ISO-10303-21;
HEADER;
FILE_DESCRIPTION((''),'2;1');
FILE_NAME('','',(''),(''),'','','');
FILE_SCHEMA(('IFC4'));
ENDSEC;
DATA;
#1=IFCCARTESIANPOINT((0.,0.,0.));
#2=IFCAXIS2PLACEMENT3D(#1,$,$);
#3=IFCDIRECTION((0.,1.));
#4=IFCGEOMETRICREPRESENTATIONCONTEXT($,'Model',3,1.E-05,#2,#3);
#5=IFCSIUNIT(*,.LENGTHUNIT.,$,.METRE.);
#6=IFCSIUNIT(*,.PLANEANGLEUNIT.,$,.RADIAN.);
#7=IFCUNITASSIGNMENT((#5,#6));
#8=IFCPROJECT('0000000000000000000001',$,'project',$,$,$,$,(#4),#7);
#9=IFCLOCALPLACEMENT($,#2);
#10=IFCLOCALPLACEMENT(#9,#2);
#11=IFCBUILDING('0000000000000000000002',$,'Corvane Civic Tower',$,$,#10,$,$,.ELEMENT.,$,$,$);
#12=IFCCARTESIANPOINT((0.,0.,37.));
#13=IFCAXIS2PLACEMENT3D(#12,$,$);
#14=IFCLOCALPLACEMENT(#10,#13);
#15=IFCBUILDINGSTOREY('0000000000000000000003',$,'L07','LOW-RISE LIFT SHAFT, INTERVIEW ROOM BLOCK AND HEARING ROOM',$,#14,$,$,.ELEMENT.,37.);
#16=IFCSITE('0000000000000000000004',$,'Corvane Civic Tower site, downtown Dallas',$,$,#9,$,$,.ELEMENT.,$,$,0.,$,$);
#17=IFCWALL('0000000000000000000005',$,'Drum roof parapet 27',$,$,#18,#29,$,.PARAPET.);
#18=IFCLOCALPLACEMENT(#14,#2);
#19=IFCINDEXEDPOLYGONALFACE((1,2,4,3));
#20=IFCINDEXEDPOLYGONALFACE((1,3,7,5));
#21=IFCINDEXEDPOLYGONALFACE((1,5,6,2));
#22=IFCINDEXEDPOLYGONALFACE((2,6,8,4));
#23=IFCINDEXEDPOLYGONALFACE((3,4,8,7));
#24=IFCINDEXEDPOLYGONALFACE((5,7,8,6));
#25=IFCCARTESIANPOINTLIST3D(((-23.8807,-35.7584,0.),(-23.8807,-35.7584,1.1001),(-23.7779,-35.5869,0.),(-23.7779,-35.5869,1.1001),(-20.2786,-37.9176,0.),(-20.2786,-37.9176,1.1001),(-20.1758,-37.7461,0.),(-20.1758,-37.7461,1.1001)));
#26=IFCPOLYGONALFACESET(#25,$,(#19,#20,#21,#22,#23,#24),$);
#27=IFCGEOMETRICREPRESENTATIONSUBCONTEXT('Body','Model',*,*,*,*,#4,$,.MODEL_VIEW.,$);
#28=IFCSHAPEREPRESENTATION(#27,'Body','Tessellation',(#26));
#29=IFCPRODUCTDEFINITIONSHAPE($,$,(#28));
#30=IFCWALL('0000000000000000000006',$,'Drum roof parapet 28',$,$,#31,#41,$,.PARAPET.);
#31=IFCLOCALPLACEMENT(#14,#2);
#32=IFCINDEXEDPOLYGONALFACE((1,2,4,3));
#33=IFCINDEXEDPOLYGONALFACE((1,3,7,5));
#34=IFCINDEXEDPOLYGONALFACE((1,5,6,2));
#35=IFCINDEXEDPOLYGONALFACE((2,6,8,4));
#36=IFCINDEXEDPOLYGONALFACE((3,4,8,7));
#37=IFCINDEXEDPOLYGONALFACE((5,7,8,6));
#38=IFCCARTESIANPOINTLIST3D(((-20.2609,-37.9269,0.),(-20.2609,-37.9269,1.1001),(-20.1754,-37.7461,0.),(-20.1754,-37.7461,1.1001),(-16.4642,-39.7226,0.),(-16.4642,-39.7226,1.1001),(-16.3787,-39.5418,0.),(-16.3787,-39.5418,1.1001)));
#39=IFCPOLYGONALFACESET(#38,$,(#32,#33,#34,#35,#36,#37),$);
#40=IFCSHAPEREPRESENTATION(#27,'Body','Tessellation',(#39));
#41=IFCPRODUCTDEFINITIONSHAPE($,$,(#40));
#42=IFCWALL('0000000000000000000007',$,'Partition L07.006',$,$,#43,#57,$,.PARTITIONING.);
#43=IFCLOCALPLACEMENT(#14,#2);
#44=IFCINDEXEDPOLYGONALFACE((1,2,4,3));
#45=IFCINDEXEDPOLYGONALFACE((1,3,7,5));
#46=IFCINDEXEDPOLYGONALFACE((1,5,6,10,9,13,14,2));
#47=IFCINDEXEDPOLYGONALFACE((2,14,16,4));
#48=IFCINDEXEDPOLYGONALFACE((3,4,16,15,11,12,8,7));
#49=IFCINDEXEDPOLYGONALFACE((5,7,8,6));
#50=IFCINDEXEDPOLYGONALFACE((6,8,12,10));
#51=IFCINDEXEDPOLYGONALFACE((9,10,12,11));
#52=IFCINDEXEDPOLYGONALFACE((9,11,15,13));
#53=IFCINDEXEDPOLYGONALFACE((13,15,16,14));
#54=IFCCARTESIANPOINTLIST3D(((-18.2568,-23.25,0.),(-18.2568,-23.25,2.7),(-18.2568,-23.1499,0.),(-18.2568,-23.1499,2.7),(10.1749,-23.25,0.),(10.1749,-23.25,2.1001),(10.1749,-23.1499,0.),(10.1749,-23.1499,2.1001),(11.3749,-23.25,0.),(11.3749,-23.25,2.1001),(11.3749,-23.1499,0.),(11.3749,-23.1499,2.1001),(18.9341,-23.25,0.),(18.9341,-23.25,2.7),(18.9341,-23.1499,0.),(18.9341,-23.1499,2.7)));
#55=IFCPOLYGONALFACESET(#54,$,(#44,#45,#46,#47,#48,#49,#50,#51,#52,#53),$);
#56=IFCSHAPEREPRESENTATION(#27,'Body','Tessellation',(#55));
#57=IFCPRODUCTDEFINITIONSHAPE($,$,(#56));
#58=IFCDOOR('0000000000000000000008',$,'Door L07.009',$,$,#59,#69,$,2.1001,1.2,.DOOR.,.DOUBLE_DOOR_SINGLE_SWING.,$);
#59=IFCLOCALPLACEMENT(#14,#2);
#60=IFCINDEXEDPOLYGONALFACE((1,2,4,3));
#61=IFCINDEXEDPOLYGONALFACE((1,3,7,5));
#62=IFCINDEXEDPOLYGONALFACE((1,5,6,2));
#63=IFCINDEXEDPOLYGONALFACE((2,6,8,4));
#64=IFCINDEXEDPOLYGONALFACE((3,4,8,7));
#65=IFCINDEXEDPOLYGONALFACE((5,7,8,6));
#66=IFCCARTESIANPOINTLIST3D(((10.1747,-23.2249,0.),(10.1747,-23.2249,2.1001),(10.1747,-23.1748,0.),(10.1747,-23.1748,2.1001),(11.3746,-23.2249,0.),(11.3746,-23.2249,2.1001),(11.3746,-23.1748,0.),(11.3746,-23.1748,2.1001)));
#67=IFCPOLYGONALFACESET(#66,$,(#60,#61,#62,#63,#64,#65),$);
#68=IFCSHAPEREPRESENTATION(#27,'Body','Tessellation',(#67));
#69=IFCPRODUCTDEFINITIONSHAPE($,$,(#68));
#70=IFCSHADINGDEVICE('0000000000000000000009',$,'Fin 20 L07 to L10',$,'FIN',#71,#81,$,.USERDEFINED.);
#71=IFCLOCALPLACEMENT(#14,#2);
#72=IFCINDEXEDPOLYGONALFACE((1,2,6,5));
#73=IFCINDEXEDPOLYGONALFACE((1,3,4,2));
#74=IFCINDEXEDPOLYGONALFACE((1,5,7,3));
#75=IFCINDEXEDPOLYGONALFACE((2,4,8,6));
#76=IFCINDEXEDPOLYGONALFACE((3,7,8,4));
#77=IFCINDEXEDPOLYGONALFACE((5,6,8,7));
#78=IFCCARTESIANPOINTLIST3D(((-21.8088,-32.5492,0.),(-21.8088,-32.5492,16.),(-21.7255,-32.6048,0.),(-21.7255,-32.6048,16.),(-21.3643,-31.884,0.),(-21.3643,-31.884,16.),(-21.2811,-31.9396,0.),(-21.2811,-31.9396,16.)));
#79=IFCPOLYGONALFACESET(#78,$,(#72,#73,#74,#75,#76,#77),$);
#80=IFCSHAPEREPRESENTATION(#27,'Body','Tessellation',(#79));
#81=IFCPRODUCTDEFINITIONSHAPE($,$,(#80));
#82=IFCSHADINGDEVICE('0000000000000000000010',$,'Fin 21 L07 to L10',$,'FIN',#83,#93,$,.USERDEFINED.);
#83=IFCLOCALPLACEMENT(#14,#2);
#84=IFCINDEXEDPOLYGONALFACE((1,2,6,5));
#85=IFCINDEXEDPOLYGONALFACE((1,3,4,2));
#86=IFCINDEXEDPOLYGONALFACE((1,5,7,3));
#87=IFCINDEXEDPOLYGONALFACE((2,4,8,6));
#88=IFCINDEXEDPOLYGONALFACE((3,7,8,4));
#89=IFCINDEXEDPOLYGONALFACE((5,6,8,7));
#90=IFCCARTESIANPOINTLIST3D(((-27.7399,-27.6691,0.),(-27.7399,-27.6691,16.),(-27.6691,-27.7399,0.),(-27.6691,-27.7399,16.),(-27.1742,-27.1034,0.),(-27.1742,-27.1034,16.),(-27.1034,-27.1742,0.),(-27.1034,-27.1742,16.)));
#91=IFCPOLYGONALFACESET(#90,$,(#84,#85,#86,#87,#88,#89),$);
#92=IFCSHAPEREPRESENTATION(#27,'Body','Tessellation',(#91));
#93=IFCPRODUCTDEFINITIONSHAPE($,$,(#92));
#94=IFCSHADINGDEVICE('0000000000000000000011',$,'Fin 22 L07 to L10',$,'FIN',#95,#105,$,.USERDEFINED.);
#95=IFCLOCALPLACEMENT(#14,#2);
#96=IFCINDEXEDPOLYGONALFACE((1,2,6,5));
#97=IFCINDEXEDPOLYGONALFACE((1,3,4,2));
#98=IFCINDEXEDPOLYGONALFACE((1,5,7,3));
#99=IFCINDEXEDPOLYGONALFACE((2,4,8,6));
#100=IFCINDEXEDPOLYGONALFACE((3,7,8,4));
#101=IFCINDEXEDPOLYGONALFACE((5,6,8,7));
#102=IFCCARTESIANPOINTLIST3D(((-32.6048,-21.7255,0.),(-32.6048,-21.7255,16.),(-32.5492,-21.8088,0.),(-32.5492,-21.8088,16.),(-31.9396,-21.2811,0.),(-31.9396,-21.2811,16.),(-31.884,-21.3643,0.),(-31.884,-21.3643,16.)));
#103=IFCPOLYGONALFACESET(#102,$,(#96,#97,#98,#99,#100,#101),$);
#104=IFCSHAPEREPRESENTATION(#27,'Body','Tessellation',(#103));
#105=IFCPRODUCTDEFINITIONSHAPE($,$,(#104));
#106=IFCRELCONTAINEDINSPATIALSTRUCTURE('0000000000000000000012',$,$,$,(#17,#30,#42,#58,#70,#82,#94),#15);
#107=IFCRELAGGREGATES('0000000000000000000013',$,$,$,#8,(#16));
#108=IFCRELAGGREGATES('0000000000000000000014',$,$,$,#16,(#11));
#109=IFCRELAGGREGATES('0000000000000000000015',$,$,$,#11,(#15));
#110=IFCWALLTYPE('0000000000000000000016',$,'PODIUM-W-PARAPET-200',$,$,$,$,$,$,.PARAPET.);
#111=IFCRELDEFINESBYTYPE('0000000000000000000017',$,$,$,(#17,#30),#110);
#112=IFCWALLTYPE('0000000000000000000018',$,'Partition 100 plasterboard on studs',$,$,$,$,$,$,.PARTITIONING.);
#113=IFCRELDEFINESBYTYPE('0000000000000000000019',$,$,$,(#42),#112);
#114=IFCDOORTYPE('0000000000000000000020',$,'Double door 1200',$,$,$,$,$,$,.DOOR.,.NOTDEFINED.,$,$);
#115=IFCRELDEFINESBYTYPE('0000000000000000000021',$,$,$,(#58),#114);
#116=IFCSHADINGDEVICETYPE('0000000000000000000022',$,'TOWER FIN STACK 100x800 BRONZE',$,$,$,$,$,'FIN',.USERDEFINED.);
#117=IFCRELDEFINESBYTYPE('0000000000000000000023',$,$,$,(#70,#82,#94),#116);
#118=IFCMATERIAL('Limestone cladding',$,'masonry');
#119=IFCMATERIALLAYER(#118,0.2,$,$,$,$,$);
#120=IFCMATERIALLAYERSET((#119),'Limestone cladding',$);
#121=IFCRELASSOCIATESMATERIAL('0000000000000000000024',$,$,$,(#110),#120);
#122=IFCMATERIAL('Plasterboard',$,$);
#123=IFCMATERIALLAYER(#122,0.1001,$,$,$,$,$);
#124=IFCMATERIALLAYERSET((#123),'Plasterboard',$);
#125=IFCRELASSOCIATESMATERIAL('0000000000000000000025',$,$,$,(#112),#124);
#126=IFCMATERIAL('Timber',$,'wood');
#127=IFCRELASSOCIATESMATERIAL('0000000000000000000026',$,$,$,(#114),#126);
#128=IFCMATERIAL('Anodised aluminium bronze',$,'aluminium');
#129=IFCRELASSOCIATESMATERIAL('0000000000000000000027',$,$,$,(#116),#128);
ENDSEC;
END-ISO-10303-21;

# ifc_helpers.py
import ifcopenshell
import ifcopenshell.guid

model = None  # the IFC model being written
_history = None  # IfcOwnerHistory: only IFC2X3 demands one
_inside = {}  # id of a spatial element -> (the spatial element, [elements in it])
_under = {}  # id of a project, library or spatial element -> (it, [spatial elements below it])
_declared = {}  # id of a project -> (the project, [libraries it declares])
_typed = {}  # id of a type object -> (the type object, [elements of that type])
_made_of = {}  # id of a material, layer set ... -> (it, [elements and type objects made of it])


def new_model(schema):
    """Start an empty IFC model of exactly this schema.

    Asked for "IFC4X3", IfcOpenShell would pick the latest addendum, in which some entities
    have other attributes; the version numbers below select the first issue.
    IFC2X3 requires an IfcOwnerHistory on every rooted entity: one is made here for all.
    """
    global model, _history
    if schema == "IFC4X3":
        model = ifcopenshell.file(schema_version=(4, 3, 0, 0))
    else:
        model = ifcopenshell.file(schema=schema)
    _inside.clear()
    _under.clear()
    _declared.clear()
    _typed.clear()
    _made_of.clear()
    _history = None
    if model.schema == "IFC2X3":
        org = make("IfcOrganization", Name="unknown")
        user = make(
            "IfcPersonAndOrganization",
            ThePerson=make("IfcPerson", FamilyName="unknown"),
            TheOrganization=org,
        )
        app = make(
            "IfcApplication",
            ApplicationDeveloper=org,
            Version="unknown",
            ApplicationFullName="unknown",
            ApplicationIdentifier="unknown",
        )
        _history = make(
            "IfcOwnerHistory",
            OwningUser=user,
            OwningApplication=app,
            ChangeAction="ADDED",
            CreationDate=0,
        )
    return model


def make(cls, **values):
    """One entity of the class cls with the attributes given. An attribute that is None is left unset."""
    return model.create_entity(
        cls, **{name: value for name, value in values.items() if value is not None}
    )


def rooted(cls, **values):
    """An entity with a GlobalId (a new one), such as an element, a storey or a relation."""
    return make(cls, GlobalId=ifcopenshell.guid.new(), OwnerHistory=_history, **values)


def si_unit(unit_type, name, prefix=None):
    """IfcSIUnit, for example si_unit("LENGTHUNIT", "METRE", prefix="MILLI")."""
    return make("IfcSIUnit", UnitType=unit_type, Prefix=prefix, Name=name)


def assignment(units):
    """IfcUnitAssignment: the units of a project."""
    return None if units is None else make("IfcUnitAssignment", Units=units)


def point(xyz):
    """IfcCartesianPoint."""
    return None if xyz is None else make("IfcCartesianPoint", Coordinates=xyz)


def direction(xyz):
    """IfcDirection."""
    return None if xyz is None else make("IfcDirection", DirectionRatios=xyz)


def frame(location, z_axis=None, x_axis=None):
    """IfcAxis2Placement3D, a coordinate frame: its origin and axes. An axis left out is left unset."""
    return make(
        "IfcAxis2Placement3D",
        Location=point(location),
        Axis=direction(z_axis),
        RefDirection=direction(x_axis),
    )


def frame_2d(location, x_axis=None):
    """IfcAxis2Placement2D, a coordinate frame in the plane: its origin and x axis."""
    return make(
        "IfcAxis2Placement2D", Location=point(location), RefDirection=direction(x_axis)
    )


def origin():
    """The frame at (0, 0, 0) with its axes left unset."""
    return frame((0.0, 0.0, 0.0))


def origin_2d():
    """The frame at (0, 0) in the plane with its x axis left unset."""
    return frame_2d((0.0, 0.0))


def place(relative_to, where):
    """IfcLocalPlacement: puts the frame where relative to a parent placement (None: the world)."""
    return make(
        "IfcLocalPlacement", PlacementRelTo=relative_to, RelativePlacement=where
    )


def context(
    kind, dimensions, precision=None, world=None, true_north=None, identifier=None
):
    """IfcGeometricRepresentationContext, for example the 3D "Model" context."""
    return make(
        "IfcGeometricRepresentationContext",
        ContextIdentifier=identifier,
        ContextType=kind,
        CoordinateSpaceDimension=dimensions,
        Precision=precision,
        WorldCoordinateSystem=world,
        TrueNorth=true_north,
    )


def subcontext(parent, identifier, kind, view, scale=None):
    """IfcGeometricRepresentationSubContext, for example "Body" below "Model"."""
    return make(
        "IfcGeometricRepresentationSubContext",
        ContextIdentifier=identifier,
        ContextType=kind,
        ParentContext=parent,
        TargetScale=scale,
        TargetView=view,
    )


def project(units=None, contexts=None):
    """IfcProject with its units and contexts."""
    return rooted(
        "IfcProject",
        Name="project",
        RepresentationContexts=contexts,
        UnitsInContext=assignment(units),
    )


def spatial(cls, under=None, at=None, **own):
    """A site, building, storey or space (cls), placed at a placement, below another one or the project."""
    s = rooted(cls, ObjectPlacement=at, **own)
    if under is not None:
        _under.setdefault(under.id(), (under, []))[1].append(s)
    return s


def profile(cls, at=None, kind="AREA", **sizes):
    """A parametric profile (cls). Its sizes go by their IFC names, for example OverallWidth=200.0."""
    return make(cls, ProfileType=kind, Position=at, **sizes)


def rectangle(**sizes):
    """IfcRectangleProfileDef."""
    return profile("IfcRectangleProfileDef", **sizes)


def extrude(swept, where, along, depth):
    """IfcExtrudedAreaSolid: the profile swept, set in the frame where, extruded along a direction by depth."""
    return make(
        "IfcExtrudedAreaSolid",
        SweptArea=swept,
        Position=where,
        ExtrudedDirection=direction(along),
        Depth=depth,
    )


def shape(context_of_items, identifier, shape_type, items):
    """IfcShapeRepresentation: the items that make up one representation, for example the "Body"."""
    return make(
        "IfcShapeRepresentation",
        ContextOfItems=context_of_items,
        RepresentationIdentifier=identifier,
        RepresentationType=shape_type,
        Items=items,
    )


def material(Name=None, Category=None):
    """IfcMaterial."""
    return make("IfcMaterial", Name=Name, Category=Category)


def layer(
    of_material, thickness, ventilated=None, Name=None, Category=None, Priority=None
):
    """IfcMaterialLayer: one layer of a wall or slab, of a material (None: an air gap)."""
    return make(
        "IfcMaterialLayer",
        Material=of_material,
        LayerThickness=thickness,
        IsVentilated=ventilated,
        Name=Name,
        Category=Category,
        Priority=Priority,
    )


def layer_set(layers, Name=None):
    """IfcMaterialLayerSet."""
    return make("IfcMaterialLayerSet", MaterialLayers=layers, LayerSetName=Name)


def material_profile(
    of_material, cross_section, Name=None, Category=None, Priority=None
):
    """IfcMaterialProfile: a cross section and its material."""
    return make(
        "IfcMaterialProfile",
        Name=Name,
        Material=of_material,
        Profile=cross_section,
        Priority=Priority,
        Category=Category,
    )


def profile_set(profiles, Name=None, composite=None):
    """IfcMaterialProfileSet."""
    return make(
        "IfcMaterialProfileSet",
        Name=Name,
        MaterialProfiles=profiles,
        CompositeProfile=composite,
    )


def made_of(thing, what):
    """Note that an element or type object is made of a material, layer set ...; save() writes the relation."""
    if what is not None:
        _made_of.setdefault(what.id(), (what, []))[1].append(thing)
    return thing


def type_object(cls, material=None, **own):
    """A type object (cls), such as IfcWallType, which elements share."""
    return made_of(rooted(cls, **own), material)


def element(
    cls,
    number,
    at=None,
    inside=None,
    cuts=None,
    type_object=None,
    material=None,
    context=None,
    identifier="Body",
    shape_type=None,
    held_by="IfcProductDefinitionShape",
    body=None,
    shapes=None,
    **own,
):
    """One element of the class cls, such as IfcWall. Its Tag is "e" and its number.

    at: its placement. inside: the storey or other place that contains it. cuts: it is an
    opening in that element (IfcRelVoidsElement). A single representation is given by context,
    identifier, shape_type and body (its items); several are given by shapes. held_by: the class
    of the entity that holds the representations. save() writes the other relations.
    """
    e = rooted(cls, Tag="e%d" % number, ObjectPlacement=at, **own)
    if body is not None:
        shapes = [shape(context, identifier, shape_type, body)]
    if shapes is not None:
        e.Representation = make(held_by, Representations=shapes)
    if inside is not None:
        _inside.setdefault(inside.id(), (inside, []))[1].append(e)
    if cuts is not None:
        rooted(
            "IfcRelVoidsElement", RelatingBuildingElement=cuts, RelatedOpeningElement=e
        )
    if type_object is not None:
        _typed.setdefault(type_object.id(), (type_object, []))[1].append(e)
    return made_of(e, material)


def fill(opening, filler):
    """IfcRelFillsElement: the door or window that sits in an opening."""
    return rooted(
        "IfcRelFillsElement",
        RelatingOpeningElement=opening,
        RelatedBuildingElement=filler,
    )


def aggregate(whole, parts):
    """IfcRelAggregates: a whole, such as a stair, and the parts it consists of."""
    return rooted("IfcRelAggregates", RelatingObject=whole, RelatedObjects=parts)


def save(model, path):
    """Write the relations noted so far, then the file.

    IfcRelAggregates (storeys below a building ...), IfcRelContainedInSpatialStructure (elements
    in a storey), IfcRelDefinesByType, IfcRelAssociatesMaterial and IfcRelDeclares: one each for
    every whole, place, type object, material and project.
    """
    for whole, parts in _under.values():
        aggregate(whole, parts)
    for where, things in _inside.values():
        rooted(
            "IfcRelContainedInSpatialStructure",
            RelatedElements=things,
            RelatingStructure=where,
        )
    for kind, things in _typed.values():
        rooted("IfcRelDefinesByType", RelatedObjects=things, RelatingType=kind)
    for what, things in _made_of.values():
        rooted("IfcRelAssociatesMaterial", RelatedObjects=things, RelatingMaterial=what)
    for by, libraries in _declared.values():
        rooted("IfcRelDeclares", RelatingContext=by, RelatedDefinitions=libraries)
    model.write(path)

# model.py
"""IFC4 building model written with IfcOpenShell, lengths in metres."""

from ifc_helpers import new_model, si_unit, direction, frame, frame_2d, origin, origin_2d, place, context, subcontext, project, spatial, rectangle, extrude, material, layer, layer_set, material_profile, profile_set, type_object, element, fill, save


model = new_model("IFC4")

# Units and contexts
model_context = context("Model", 3, precision=1e-05, world=origin(), true_north=direction((0.0, 1.0)))
body_context = subcontext(model_context, "Body", "Model", "MODEL_VIEW")
ifc_project = project(units=[si_unit("LENGTHUNIT", "METRE"), si_unit("PLANEANGLEUNIT", "RADIAN")], contexts=[model_context])

# Site, building, storey
site_placement = place(None, origin())
site = spatial("IfcSite", under=ifc_project, at=site_placement, Name="Corvane Civic Tower site, downtown Dallas", CompositionType="ELEMENT", RefElevation=0.0)
building_placement = place(site_placement, origin())
building = spatial("IfcBuilding", under=site, at=building_placement, Name="Corvane Civic Tower", CompositionType="ELEMENT")
storey_placement = place(building_placement, frame((0.0, 0.0, 37.0)))
storey = spatial("IfcBuildingStorey", under=building, at=storey_placement, Name="L07", Description="LOW-RISE LIFT SHAFT, INTERVIEW ROOM BLOCK AND HEARING ROOM", CompositionType="ELEMENT", Elevation=37.0)

# Walls
ifc_material_1 = material(Name="Limestone cladding", Category="masonry")
ifc_layer_1 = layer(ifc_material_1, 0.2)
ifc_layer_set_1 = layer_set([ifc_layer_1], Name="Limestone cladding")
wall_type_1 = type_object("IfcWallType", Name="PODIUM-W-PARAPET-200", PredefinedType="PARAPET", material=ifc_layer_set_1)
wall_1_placement = place(storey_placement, frame((-23.8293, -35.6726, 0.0), z_axis=(0.0, 0.0, 1.0), x_axis=(0.857708, -0.514137, 0.0)))
element("IfcWall", 1, at=wall_1_placement, inside=storey, type_object=wall_type_1, Name="Drum roof parapet 27", PredefinedType="PARAPET", context=body_context, shape_type="SweptSolid", body=[
    extrude(rectangle(XDim=4.1997, YDim=0.2, at=frame_2d((2.0999, 0.0))), origin(), (0.0, 0.0, 1.0), 1.1001),
])
wall_2_placement = place(storey_placement, frame((-20.2183, -37.8364, 0.0), z_axis=(0.0, 0.0, 1.0), x_axis=(0.903991, -0.427552, 0.0)))
element("IfcWall", 2, at=wall_2_placement, inside=storey, type_object=wall_type_1, Name="Drum roof parapet 28", PredefinedType="PARAPET", context=body_context, shape_type="SweptSolid", body=[
    extrude(rectangle(XDim=4.2, YDim=0.2, at=frame_2d((2.1001, 0.0))), origin(), (0.0, 0.0, 1.0), 1.1001),
])

# Wall, opening, door
ifc_material_2 = material(Name="Plasterboard")
ifc_layer_2 = layer(ifc_material_2, 0.1001)
ifc_layer_set_2 = layer_set([ifc_layer_2], Name="Plasterboard")
wall_type_2 = type_object("IfcWallType", Name="Partition 100 plasterboard on studs", PredefinedType="PARTITIONING", material=ifc_layer_set_2)
wall_3_placement = place(storey_placement, frame((-18.2568, -23.2, 0.0), z_axis=(0.0, 0.0, 1.0), x_axis=(1.0, 0.0, 0.0)))
wall_3 = element("IfcWall", 3, at=wall_3_placement, inside=storey, type_object=wall_type_2, Name="Partition L07.006", PredefinedType="PARTITIONING", context=body_context, shape_type="SweptSolid", body=[
    extrude(rectangle(XDim=37.1909, YDim=0.1001, at=frame_2d((18.5955, 0.0))), origin(), (0.0, 0.0, 1.0), 2.7),
])
opening_placement = place(wall_3_placement, frame((28.4316, 0.0, 0.0)))
opening = element("IfcOpeningElement", 4, at=opening_placement, cuts=wall_3, PredefinedType="OPENING", context=body_context, shape_type="SweptSolid", body=[
    extrude(rectangle(XDim=1.2, YDim=2.1001, at=frame_2d((0.6001, 1.05))), frame((0.0, 0.0601, 0.0), z_axis=(0.0, -1.0, 0.0), x_axis=(1.0, 0.0, 0.0)), (0.0, 0.0, 1.0), 0.1201),
])
ifc_material_3 = material(Name="Timber", Category="wood")
door_type = type_object("IfcDoorType", Name="Double door 1200", OperationType="NOTDEFINED", PredefinedType="DOOR", material=ifc_material_3)
door_placement = place(opening_placement, frame((1.2, 0.0, 0.0), z_axis=(0.0, 0.0, 1.0), x_axis=(-1.0, 0.0, 0.0)))
door = element("IfcDoor", 5, at=door_placement, inside=storey, type_object=door_type, Name="Door L07.009", OperationType="DOUBLE_DOOR_SINGLE_SWING", OverallHeight=2.1001, OverallWidth=1.2, PredefinedType="DOOR", context=body_context, shape_type="SweptSolid", body=[
    extrude(rectangle(XDim=1.2, YDim=2.1001, at=frame_2d((0.6001, 1.05))), frame((0.0, 0.0249, 0.0), z_axis=(0.0, -1.0, 0.0), x_axis=(1.0, 0.0, 0.0)), (0.0, 0.0, 1.0), 0.05),
])
fill(opening, door)

# Shading devices
ifc_material_4 = material(Name="Anodised aluminium bronze", Category="aluminium")
ifc_material_profile_1 = material_profile(ifc_material_4, rectangle(XDim=0.1001, YDim=0.8, at=origin_2d()), Name="TOWER FIN STACK 100x800 BRONZE")
ifc_profile_set_1 = profile_set([ifc_material_profile_1], Name="Anodised aluminium bronze")
shading_device_type = type_object("IfcShadingDeviceType", Name="TOWER FIN STACK 100x800 BRONZE", ElementType="FIN", PredefinedType="USERDEFINED", material=ifc_profile_set_1)
for number, where, z_axis, x_axis, name in (
    (6, (-21.5449, -32.2444, 0.0), (0.0, 0.0, 1.0), (-0.83147, 0.55557, 0.0), "Fin 20 L07 to L10"),
    (7, (-27.4216, -27.4216, 0.0), (0.0, 0.0, 1.0), (-0.707107, 0.707107, 0.0), "Fin 21 L07 to L10"),
    (8, (-32.2444, -21.5449, 0.0), (0.0, 0.0, 1.0), (-0.55557, 0.83147, 0.0), "Fin 22 L07 to L10"),
):
    element("IfcShadingDevice", number, at=place(storey_placement, frame(where, z_axis=z_axis, x_axis=x_axis)), inside=storey, type_object=shading_device_type, Name=name, ObjectType="FIN", PredefinedType="USERDEFINED", context=body_context, shape_type="SweptSolid", body=[
        extrude(rectangle(XDim=0.1001, YDim=0.8, at=origin_2d()), origin(), (0.0, 0.0, 1.0), 16.0),
    ])

save(model, "model.ifc")
